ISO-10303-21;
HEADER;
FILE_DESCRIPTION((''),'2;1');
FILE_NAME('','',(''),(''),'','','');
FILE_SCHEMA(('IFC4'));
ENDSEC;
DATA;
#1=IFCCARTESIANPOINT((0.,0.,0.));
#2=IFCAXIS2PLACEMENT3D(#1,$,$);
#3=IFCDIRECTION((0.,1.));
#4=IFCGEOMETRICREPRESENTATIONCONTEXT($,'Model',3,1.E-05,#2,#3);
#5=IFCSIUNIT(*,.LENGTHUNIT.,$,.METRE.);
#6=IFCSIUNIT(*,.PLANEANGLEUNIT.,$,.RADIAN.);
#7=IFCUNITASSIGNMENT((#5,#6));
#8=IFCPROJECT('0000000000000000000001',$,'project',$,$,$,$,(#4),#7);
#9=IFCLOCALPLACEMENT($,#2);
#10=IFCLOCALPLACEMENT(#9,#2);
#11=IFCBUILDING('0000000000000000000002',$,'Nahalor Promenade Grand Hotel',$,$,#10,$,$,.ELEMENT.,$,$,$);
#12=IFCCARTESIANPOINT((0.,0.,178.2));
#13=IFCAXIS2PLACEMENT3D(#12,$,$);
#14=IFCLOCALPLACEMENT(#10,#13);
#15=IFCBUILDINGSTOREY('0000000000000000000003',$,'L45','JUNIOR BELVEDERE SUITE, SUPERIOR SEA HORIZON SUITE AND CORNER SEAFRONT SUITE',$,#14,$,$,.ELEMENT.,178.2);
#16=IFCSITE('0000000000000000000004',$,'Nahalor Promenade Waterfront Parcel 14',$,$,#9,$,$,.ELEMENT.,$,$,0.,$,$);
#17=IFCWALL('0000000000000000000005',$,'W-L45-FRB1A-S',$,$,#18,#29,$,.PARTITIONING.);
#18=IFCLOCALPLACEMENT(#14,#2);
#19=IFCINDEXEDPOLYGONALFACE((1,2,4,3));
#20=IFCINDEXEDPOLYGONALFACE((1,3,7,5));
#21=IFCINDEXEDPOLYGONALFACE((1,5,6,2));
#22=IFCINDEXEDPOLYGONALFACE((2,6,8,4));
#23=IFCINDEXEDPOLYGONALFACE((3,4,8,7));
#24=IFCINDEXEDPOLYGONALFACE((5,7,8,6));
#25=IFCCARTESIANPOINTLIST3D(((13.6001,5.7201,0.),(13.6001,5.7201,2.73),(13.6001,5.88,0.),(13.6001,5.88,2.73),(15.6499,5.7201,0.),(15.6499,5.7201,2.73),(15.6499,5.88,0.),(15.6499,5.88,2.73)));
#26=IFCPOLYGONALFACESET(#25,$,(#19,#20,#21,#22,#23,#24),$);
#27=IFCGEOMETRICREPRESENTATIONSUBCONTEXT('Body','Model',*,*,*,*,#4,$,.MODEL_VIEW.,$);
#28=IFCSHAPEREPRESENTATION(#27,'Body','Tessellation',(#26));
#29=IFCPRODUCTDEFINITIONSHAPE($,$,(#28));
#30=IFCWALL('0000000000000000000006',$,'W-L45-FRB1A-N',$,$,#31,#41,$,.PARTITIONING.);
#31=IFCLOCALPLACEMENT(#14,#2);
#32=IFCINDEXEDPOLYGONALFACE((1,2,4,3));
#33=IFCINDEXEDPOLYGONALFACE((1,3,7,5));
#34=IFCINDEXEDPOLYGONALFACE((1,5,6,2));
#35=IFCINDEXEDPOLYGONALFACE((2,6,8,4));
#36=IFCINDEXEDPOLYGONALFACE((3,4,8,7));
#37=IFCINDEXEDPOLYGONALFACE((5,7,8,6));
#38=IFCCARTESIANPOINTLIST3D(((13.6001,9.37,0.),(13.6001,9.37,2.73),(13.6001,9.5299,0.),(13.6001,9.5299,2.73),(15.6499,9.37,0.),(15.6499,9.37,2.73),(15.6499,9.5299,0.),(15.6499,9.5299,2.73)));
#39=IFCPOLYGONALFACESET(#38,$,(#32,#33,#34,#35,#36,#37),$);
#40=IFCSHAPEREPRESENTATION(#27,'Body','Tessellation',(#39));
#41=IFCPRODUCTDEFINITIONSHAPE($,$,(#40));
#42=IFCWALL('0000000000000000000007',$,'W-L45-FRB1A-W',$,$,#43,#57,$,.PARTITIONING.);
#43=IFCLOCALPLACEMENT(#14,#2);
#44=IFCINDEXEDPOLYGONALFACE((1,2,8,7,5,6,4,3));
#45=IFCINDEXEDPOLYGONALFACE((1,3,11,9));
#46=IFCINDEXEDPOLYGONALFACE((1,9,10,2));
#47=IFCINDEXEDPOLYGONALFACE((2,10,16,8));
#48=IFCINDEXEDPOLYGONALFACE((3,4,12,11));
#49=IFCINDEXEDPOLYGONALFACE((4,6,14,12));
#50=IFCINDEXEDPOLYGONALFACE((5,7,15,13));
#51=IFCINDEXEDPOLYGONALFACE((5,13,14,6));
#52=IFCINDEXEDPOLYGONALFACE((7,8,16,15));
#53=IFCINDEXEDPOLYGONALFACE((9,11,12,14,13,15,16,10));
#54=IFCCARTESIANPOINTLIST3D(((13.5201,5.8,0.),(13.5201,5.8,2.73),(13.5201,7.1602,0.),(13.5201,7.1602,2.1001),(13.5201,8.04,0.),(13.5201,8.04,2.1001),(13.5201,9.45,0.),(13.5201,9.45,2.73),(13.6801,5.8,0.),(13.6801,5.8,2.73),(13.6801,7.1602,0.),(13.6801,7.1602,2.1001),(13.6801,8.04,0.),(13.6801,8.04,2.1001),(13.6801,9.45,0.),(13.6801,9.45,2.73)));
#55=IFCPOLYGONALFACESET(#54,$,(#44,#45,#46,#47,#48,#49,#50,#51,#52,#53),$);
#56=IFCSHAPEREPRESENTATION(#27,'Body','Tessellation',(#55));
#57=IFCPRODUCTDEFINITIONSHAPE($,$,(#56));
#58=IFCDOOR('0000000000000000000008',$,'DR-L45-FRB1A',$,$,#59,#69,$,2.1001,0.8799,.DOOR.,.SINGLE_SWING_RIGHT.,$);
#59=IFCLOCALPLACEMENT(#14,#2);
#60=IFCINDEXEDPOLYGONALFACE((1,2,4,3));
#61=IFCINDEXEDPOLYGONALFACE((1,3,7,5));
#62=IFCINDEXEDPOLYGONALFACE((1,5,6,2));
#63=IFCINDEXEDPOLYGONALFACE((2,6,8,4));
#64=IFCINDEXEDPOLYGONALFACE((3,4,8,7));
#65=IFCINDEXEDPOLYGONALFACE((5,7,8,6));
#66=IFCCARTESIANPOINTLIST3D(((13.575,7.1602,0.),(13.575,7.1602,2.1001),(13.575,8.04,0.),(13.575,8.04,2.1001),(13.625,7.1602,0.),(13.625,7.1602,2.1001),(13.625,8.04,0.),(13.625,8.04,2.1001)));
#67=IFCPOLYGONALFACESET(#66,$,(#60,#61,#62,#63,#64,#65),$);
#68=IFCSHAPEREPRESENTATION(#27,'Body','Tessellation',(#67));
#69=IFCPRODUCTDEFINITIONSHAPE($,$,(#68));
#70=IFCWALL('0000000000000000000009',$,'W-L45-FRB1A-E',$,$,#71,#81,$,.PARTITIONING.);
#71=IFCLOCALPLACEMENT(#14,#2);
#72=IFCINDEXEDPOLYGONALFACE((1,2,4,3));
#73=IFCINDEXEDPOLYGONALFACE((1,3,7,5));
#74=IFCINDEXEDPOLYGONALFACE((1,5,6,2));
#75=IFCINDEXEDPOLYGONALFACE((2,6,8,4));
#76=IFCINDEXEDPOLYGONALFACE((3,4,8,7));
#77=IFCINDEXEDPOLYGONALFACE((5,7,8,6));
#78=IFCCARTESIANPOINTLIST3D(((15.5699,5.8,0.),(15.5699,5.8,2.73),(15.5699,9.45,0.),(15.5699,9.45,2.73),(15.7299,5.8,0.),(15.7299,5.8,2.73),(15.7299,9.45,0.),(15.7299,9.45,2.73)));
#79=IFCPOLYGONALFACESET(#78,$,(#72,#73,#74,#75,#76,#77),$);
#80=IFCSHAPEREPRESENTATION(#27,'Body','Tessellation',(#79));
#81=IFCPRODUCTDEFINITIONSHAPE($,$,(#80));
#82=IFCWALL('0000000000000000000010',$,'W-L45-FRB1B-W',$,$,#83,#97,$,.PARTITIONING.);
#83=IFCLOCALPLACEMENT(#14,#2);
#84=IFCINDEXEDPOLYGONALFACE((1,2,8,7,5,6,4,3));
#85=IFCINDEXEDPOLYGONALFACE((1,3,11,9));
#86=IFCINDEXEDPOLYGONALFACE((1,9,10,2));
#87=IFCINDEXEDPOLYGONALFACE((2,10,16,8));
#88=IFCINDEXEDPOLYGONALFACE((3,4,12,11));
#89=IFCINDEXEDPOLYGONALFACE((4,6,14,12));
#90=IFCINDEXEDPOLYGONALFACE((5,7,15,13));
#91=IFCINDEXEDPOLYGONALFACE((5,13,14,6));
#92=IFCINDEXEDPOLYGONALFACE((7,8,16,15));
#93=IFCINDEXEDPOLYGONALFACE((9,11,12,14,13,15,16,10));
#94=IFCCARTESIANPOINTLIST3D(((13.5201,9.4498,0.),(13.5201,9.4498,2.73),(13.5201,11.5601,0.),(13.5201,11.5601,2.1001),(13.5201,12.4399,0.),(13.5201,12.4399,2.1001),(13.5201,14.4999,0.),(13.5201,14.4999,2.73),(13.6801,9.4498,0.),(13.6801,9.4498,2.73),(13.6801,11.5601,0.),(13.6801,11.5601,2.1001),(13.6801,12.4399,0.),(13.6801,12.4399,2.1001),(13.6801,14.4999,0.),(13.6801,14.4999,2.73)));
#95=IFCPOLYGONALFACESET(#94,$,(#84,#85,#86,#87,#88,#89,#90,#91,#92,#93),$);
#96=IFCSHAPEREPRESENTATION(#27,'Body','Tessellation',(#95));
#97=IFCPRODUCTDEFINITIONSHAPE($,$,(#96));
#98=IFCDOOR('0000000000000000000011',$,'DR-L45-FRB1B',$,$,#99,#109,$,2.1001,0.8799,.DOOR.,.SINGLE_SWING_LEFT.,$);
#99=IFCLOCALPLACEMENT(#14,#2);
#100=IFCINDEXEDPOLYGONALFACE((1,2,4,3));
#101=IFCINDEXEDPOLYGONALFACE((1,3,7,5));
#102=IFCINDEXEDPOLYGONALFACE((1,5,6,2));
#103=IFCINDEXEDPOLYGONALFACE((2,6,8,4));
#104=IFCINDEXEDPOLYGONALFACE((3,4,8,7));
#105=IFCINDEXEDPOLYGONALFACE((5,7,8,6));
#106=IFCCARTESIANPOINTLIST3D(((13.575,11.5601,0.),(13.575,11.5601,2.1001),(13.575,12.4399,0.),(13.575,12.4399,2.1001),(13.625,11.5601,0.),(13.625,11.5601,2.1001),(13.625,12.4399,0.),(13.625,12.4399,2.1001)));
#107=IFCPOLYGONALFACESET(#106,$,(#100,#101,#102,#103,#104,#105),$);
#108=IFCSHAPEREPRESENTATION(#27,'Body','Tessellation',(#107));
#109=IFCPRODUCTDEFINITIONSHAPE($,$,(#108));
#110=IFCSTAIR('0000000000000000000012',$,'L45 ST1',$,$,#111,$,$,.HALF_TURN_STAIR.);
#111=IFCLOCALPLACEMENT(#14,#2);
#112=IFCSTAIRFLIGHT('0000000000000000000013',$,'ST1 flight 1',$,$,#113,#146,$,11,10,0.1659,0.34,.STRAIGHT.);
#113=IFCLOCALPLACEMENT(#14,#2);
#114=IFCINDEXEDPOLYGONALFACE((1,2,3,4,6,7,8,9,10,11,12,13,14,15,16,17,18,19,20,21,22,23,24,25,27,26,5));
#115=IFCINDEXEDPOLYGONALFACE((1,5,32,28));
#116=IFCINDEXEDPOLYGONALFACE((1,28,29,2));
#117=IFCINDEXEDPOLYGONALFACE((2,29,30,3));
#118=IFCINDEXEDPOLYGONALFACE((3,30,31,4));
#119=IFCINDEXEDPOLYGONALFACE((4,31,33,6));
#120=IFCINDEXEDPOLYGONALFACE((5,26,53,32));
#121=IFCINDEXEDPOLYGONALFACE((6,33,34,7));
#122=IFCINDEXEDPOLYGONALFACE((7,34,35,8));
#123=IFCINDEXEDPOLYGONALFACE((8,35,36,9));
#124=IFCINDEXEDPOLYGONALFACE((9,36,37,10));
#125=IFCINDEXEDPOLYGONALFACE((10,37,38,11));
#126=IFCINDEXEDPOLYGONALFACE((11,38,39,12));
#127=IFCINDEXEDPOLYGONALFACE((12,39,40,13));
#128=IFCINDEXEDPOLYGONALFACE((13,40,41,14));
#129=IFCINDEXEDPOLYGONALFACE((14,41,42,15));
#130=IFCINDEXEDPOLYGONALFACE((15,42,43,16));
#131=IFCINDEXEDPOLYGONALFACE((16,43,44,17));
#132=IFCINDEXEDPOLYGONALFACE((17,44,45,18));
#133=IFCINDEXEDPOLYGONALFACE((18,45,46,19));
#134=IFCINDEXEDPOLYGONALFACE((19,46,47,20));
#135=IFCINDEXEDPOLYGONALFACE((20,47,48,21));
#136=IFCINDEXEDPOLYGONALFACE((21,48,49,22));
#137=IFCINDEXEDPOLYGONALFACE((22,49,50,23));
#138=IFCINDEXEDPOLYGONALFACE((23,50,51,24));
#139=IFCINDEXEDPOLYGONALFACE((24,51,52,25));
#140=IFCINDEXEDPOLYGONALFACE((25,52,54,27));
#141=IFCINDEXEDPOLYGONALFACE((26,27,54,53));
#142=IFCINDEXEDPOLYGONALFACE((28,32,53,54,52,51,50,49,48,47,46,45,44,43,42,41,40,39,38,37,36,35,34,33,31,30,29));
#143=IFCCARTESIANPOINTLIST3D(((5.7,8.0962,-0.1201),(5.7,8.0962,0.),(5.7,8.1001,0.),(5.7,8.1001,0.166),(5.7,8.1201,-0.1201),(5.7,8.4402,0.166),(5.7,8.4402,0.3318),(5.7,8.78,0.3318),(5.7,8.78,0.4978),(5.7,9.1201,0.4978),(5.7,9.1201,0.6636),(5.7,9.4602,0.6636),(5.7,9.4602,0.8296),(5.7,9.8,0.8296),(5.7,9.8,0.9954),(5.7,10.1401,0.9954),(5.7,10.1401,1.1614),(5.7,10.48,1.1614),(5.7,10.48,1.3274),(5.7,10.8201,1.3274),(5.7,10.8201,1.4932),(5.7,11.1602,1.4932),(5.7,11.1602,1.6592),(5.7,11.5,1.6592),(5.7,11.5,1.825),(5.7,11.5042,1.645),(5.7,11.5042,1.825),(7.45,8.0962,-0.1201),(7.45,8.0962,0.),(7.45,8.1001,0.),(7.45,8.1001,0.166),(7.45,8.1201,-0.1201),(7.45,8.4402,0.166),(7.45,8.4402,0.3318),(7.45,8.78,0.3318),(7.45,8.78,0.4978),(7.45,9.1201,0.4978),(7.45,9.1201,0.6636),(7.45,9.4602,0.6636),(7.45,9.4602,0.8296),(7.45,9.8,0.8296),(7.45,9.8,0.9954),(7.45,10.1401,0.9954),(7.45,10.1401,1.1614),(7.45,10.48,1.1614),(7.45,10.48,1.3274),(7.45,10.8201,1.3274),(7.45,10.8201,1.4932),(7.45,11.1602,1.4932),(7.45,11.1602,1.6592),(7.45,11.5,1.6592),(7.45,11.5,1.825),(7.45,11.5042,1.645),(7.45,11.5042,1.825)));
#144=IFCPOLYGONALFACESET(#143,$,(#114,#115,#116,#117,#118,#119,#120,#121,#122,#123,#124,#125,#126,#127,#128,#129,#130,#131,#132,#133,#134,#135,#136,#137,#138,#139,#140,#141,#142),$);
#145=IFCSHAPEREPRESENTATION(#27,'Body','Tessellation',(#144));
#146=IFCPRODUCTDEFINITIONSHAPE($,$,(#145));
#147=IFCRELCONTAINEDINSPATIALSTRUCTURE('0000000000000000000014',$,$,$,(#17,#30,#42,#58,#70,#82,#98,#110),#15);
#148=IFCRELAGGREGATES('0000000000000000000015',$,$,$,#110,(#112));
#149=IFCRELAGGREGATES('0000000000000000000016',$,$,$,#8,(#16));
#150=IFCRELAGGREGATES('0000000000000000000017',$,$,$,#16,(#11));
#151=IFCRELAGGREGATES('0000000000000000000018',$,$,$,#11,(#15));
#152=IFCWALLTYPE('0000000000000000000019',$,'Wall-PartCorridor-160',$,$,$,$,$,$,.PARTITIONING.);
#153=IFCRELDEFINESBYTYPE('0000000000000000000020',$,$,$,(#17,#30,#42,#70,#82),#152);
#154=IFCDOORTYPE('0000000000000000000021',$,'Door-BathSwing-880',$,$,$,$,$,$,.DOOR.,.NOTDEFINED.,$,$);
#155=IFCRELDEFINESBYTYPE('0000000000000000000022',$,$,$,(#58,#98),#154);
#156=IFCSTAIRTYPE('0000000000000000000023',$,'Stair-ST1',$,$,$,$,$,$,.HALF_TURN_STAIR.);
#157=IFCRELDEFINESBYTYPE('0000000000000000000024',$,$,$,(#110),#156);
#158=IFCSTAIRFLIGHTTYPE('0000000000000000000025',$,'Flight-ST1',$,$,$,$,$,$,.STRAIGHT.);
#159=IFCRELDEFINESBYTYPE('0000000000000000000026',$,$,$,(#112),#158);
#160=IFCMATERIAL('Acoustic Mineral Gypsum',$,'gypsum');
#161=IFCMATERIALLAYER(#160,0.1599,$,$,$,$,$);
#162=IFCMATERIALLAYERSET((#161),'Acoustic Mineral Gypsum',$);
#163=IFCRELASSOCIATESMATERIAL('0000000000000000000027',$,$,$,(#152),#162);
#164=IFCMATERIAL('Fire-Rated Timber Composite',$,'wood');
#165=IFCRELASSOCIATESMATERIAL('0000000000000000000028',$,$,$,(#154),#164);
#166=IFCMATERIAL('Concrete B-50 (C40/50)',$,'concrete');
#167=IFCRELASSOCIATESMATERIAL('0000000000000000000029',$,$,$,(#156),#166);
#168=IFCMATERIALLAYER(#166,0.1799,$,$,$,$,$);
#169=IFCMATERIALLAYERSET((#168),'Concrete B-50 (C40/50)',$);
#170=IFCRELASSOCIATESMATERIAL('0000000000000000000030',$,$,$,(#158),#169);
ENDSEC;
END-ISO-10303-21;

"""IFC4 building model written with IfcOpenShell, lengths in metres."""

from ifc_helpers import new_model, si_unit, direction, frame, frame_2d, origin, place, context, subcontext, project, spatial, polyline, rectangle, outline, extrude, source, transform, mapped, material, layer, layer_set, type_object, element, fill, aggregate, save


model = new_model("IFC4")

# Units and contexts
model_context = context("Model", 3, precision=1e-05, world=origin(), true_north=direction((0.0, 1.0)))
body_context = subcontext(model_context, "Body", "Model", "MODEL_VIEW")
ifc_project = project(units=[si_unit("LENGTHUNIT", "METRE"), si_unit("PLANEANGLEUNIT", "RADIAN")], contexts=[model_context])

# Site, building, storey
site_placement = place(None, origin())
site = spatial("IfcSite", under=ifc_project, at=site_placement, Name="Nahalor Promenade Waterfront Parcel 14", CompositionType="ELEMENT", RefElevation=0.0)
building_placement = place(site_placement, origin())
building = spatial("IfcBuilding", under=site, at=building_placement, Name="Nahalor Promenade Grand Hotel", CompositionType="ELEMENT")
storey_placement = place(building_placement, frame((0.0, 0.0, 178.2)))
storey = spatial("IfcBuildingStorey", under=building, at=storey_placement, Name="L45", Description="JUNIOR BELVEDERE SUITE, SUPERIOR SEA HORIZON SUITE AND CORNER SEAFRONT SUITE", CompositionType="ELEMENT", Elevation=178.2)

# Shared definitions
ifc_material_1 = material(Name="Concrete B-50 (C40/50)", Category="concrete")

# Walls
ifc_material_2 = material(Name="Acoustic Mineral Gypsum", Category="gypsum")
ifc_layer_1 = layer(ifc_material_2, 0.1599)
ifc_layer_set_1 = layer_set([ifc_layer_1], Name="Acoustic Mineral Gypsum")
wall_type_1 = type_object("IfcWallType", Name="Wall-PartCorridor-160", PredefinedType="PARTITIONING", material=ifc_layer_set_1)
shared_shape_1 = source(origin(), body_context, "Body", "SweptSolid", [
    extrude(rectangle(XDim=2.0498, YDim=0.1599, at=frame_2d((1.0249, 0.0))), origin(), (0.0, 0.0, 1.0), 2.73),
])
for number, where, z_axis, x_axis, name in (
    (1, (13.6001, 5.8, 0.0), (0.0, 0.0, 1.0), (1.0, 0.0, 0.0), "W-L45-FRB1A-S"),
    (2, (13.6001, 9.45, 0.0), (0.0, 0.0, 1.0), (1.0, 0.0, 0.0), "W-L45-FRB1A-N"),
):
    element("IfcWall", number, at=place(storey_placement, frame(where, z_axis=z_axis, x_axis=x_axis)), inside=storey, type_object=wall_type_1, Name=name, PredefinedType="PARTITIONING", context=body_context, shape_type="MappedRepresentation", body=[
        mapped(shared_shape_1, transform((0.0, 0.0, 0.0), scale=1.0)),
    ])

# Wall, opening, door
shared_shape_2 = source(origin(), body_context, "Body", "SweptSolid", [
    extrude(rectangle(XDim=3.6499, YDim=0.1599, at=frame_2d((1.825, 0.0))), origin(), (0.0, 0.0, 1.0), 2.73),
])
wall_1_placement = place(storey_placement, frame((13.6001, 5.8, 0.0), z_axis=(0.0, 0.0, 1.0), x_axis=(0.0, 1.0, 0.0)))
wall_1 = element("IfcWall", 3, at=wall_1_placement, inside=storey, type_object=wall_type_1, Name="W-L45-FRB1A-W", PredefinedType="PARTITIONING", context=body_context, shape_type="MappedRepresentation", body=[
    mapped(shared_shape_2, transform((0.0, 0.0, 0.0), scale=1.0)),
])
opening_1_placement = place(wall_1_placement, frame((1.3601, 0.0, 0.0)))
opening_1 = element("IfcOpeningElement", 4, at=opening_1_placement, cuts=wall_1, PredefinedType="OPENING", context=body_context, shape_type="SweptSolid", body=[
    extrude(rectangle(XDim=0.8799, YDim=2.1001, at=frame_2d((0.4399, 1.05))), frame((0.0, 0.0898, 0.0), z_axis=(0.0, -1.0, 0.0), x_axis=(1.0, 0.0, 0.0)), (0.0, 0.0, 1.0), 0.1799),
])
ifc_material_3 = material(Name="Fire-Rated Timber Composite", Category="wood")
door_type_1 = type_object("IfcDoorType", Name="Door-BathSwing-880", OperationType="NOTDEFINED", PredefinedType="DOOR", material=ifc_material_3)
shared_shape_3 = source(origin(), body_context, "Body", "SweptSolid", [
    extrude(rectangle(XDim=0.8799, YDim=2.1001, at=frame_2d((0.4399, 1.05))), frame((0.0, 0.0249, 0.0), z_axis=(0.0, -1.0, 0.0), x_axis=(1.0, 0.0, 0.0)), (0.0, 0.0, 1.0), 0.05),
])
door_1_placement = place(opening_1_placement, frame((0.8799, 0.0, 0.0), z_axis=(0.0, 0.0, 1.0), x_axis=(-1.0, 0.0, 0.0)))
door_1 = element("IfcDoor", 5, at=door_1_placement, inside=storey, type_object=door_type_1, Name="DR-L45-FRB1A", OperationType="SINGLE_SWING_RIGHT", OverallHeight=2.1001, OverallWidth=0.8799, PredefinedType="DOOR", context=body_context, shape_type="MappedRepresentation", body=[
    mapped(shared_shape_3, transform((0.0, 0.0, 0.0), scale=1.0)),
])
fill(opening_1, door_1)

# Wall
wall_2_placement = place(storey_placement, frame((15.6499, 5.8, 0.0), z_axis=(0.0, 0.0, 1.0), x_axis=(0.0, 1.0, 0.0)))
element("IfcWall", 6, at=wall_2_placement, inside=storey, type_object=wall_type_1, Name="W-L45-FRB1A-E", PredefinedType="PARTITIONING", context=body_context, shape_type="MappedRepresentation", body=[
    mapped(shared_shape_2, transform((0.0, 0.0, 0.0), scale=1.0)),
])

# Wall, opening, door
shared_shape_4 = source(origin(), body_context, "Body", "SweptSolid", [
    extrude(rectangle(XDim=5.05, YDim=0.1599, at=frame_2d((2.5249, 0.0))), origin(), (0.0, 0.0, 1.0), 2.73),
])
wall_3_placement = place(storey_placement, frame((13.6001, 9.45, 0.0), z_axis=(0.0, 0.0, 1.0), x_axis=(0.0, 1.0, 0.0)))
wall_3 = element("IfcWall", 7, at=wall_3_placement, inside=storey, type_object=wall_type_1, Name="W-L45-FRB1B-W", PredefinedType="PARTITIONING", context=body_context, shape_type="MappedRepresentation", body=[
    mapped(shared_shape_4, transform((0.0, 0.0, 0.0), scale=1.0)),
])
opening_2_placement = place(wall_3_placement, frame((2.1101, 0.0, 0.0)))
opening_2 = element("IfcOpeningElement", 8, at=opening_2_placement, cuts=wall_3, PredefinedType="OPENING", context=body_context, shape_type="SweptSolid", body=[
    extrude(rectangle(XDim=0.8799, YDim=2.1001, at=frame_2d((0.4399, 1.05))), frame((0.0, 0.0898, 0.0), z_axis=(0.0, -1.0, 0.0), x_axis=(1.0, 0.0, 0.0)), (0.0, 0.0, 1.0), 0.1799),
])
door_2_placement = place(opening_2_placement, frame((0.8799, 0.0, 0.0), z_axis=(0.0, 0.0, 1.0), x_axis=(-1.0, 0.0, 0.0)))
door_2 = element("IfcDoor", 9, at=door_2_placement, inside=storey, type_object=door_type_1, Name="DR-L45-FRB1B", OperationType="SINGLE_SWING_LEFT", OverallHeight=2.1001, OverallWidth=0.8799, PredefinedType="DOOR", context=body_context, shape_type="MappedRepresentation", body=[
    mapped(shared_shape_3, transform((0.0, 0.0, 0.0), scale=1.0)),
])
fill(opening_2, door_2)

# Stair, stair flight
stair_type = type_object("IfcStairType", Name="Stair-ST1", PredefinedType="HALF_TURN_STAIR", material=ifc_material_1)
stair_placement = place(storey_placement, origin())
stair = element("IfcStair", 10, at=stair_placement, inside=storey, type_object=stair_type, Name="L45 ST1", PredefinedType="HALF_TURN_STAIR")
ifc_layer_2 = layer(ifc_material_1, 0.1799)
ifc_layer_set_2 = layer_set([ifc_layer_2], Name="Concrete B-50 (C40/50)")
stair_flight_type = type_object("IfcStairFlightType", Name="Flight-ST1", PredefinedType="STRAIGHT", material=ifc_layer_set_2)
shared_shape_5 = source(origin(), body_context, "Body", "SweptSolid", [
    extrude(outline(polyline([(-0.0039, -0.1201), (-0.0039, 0.0), (0.0, 0.0), (0.0, 0.166), (0.3401, 0.166), (0.3401, 0.3318), (0.6799, 0.3318), (0.6799, 0.4978), (1.02, 0.4978), (1.02, 0.6636), (1.3601, 0.6636), (1.3601, 0.8296), (1.7, 0.8296), (1.7, 0.9954), (2.04, 0.9954), (2.04, 1.1614), (2.3799, 1.1614), (2.3799, 1.3274), (2.72, 1.3274), (2.72, 1.4932), (3.0601, 1.4932), (3.0601, 1.6592), (3.3999, 1.6592), (3.3999, 1.825), (3.4041, 1.825), (3.4041, 1.645), (0.02, -0.1201), (-0.0039, -0.1201)])), frame((0.0, 0.875, 0.0), z_axis=(0.0, -1.0, 0.0), x_axis=(1.0, 0.0, 0.0)), (0.0, 0.0, 1.0), 1.75),
])
stair_flight_placement = place(storey_placement, frame((6.575, 8.1001, 0.0), z_axis=(0.0, 0.0, 1.0), x_axis=(0.0, 1.0, 0.0)))
stair_flight = element("IfcStairFlight", 11, at=stair_flight_placement, type_object=stair_flight_type, Name="ST1 flight 1", NumberOfRisers=11, NumberOfTreads=10, PredefinedType="STRAIGHT", RiserHeight=0.1659, TreadLength=0.34, context=body_context, shape_type="MappedRepresentation", body=[
    mapped(shared_shape_5, transform((0.0, 0.0, 0.0), scale=1.0)),
])
aggregate(stair, [stair_flight])

save(model, "model.ifc")
